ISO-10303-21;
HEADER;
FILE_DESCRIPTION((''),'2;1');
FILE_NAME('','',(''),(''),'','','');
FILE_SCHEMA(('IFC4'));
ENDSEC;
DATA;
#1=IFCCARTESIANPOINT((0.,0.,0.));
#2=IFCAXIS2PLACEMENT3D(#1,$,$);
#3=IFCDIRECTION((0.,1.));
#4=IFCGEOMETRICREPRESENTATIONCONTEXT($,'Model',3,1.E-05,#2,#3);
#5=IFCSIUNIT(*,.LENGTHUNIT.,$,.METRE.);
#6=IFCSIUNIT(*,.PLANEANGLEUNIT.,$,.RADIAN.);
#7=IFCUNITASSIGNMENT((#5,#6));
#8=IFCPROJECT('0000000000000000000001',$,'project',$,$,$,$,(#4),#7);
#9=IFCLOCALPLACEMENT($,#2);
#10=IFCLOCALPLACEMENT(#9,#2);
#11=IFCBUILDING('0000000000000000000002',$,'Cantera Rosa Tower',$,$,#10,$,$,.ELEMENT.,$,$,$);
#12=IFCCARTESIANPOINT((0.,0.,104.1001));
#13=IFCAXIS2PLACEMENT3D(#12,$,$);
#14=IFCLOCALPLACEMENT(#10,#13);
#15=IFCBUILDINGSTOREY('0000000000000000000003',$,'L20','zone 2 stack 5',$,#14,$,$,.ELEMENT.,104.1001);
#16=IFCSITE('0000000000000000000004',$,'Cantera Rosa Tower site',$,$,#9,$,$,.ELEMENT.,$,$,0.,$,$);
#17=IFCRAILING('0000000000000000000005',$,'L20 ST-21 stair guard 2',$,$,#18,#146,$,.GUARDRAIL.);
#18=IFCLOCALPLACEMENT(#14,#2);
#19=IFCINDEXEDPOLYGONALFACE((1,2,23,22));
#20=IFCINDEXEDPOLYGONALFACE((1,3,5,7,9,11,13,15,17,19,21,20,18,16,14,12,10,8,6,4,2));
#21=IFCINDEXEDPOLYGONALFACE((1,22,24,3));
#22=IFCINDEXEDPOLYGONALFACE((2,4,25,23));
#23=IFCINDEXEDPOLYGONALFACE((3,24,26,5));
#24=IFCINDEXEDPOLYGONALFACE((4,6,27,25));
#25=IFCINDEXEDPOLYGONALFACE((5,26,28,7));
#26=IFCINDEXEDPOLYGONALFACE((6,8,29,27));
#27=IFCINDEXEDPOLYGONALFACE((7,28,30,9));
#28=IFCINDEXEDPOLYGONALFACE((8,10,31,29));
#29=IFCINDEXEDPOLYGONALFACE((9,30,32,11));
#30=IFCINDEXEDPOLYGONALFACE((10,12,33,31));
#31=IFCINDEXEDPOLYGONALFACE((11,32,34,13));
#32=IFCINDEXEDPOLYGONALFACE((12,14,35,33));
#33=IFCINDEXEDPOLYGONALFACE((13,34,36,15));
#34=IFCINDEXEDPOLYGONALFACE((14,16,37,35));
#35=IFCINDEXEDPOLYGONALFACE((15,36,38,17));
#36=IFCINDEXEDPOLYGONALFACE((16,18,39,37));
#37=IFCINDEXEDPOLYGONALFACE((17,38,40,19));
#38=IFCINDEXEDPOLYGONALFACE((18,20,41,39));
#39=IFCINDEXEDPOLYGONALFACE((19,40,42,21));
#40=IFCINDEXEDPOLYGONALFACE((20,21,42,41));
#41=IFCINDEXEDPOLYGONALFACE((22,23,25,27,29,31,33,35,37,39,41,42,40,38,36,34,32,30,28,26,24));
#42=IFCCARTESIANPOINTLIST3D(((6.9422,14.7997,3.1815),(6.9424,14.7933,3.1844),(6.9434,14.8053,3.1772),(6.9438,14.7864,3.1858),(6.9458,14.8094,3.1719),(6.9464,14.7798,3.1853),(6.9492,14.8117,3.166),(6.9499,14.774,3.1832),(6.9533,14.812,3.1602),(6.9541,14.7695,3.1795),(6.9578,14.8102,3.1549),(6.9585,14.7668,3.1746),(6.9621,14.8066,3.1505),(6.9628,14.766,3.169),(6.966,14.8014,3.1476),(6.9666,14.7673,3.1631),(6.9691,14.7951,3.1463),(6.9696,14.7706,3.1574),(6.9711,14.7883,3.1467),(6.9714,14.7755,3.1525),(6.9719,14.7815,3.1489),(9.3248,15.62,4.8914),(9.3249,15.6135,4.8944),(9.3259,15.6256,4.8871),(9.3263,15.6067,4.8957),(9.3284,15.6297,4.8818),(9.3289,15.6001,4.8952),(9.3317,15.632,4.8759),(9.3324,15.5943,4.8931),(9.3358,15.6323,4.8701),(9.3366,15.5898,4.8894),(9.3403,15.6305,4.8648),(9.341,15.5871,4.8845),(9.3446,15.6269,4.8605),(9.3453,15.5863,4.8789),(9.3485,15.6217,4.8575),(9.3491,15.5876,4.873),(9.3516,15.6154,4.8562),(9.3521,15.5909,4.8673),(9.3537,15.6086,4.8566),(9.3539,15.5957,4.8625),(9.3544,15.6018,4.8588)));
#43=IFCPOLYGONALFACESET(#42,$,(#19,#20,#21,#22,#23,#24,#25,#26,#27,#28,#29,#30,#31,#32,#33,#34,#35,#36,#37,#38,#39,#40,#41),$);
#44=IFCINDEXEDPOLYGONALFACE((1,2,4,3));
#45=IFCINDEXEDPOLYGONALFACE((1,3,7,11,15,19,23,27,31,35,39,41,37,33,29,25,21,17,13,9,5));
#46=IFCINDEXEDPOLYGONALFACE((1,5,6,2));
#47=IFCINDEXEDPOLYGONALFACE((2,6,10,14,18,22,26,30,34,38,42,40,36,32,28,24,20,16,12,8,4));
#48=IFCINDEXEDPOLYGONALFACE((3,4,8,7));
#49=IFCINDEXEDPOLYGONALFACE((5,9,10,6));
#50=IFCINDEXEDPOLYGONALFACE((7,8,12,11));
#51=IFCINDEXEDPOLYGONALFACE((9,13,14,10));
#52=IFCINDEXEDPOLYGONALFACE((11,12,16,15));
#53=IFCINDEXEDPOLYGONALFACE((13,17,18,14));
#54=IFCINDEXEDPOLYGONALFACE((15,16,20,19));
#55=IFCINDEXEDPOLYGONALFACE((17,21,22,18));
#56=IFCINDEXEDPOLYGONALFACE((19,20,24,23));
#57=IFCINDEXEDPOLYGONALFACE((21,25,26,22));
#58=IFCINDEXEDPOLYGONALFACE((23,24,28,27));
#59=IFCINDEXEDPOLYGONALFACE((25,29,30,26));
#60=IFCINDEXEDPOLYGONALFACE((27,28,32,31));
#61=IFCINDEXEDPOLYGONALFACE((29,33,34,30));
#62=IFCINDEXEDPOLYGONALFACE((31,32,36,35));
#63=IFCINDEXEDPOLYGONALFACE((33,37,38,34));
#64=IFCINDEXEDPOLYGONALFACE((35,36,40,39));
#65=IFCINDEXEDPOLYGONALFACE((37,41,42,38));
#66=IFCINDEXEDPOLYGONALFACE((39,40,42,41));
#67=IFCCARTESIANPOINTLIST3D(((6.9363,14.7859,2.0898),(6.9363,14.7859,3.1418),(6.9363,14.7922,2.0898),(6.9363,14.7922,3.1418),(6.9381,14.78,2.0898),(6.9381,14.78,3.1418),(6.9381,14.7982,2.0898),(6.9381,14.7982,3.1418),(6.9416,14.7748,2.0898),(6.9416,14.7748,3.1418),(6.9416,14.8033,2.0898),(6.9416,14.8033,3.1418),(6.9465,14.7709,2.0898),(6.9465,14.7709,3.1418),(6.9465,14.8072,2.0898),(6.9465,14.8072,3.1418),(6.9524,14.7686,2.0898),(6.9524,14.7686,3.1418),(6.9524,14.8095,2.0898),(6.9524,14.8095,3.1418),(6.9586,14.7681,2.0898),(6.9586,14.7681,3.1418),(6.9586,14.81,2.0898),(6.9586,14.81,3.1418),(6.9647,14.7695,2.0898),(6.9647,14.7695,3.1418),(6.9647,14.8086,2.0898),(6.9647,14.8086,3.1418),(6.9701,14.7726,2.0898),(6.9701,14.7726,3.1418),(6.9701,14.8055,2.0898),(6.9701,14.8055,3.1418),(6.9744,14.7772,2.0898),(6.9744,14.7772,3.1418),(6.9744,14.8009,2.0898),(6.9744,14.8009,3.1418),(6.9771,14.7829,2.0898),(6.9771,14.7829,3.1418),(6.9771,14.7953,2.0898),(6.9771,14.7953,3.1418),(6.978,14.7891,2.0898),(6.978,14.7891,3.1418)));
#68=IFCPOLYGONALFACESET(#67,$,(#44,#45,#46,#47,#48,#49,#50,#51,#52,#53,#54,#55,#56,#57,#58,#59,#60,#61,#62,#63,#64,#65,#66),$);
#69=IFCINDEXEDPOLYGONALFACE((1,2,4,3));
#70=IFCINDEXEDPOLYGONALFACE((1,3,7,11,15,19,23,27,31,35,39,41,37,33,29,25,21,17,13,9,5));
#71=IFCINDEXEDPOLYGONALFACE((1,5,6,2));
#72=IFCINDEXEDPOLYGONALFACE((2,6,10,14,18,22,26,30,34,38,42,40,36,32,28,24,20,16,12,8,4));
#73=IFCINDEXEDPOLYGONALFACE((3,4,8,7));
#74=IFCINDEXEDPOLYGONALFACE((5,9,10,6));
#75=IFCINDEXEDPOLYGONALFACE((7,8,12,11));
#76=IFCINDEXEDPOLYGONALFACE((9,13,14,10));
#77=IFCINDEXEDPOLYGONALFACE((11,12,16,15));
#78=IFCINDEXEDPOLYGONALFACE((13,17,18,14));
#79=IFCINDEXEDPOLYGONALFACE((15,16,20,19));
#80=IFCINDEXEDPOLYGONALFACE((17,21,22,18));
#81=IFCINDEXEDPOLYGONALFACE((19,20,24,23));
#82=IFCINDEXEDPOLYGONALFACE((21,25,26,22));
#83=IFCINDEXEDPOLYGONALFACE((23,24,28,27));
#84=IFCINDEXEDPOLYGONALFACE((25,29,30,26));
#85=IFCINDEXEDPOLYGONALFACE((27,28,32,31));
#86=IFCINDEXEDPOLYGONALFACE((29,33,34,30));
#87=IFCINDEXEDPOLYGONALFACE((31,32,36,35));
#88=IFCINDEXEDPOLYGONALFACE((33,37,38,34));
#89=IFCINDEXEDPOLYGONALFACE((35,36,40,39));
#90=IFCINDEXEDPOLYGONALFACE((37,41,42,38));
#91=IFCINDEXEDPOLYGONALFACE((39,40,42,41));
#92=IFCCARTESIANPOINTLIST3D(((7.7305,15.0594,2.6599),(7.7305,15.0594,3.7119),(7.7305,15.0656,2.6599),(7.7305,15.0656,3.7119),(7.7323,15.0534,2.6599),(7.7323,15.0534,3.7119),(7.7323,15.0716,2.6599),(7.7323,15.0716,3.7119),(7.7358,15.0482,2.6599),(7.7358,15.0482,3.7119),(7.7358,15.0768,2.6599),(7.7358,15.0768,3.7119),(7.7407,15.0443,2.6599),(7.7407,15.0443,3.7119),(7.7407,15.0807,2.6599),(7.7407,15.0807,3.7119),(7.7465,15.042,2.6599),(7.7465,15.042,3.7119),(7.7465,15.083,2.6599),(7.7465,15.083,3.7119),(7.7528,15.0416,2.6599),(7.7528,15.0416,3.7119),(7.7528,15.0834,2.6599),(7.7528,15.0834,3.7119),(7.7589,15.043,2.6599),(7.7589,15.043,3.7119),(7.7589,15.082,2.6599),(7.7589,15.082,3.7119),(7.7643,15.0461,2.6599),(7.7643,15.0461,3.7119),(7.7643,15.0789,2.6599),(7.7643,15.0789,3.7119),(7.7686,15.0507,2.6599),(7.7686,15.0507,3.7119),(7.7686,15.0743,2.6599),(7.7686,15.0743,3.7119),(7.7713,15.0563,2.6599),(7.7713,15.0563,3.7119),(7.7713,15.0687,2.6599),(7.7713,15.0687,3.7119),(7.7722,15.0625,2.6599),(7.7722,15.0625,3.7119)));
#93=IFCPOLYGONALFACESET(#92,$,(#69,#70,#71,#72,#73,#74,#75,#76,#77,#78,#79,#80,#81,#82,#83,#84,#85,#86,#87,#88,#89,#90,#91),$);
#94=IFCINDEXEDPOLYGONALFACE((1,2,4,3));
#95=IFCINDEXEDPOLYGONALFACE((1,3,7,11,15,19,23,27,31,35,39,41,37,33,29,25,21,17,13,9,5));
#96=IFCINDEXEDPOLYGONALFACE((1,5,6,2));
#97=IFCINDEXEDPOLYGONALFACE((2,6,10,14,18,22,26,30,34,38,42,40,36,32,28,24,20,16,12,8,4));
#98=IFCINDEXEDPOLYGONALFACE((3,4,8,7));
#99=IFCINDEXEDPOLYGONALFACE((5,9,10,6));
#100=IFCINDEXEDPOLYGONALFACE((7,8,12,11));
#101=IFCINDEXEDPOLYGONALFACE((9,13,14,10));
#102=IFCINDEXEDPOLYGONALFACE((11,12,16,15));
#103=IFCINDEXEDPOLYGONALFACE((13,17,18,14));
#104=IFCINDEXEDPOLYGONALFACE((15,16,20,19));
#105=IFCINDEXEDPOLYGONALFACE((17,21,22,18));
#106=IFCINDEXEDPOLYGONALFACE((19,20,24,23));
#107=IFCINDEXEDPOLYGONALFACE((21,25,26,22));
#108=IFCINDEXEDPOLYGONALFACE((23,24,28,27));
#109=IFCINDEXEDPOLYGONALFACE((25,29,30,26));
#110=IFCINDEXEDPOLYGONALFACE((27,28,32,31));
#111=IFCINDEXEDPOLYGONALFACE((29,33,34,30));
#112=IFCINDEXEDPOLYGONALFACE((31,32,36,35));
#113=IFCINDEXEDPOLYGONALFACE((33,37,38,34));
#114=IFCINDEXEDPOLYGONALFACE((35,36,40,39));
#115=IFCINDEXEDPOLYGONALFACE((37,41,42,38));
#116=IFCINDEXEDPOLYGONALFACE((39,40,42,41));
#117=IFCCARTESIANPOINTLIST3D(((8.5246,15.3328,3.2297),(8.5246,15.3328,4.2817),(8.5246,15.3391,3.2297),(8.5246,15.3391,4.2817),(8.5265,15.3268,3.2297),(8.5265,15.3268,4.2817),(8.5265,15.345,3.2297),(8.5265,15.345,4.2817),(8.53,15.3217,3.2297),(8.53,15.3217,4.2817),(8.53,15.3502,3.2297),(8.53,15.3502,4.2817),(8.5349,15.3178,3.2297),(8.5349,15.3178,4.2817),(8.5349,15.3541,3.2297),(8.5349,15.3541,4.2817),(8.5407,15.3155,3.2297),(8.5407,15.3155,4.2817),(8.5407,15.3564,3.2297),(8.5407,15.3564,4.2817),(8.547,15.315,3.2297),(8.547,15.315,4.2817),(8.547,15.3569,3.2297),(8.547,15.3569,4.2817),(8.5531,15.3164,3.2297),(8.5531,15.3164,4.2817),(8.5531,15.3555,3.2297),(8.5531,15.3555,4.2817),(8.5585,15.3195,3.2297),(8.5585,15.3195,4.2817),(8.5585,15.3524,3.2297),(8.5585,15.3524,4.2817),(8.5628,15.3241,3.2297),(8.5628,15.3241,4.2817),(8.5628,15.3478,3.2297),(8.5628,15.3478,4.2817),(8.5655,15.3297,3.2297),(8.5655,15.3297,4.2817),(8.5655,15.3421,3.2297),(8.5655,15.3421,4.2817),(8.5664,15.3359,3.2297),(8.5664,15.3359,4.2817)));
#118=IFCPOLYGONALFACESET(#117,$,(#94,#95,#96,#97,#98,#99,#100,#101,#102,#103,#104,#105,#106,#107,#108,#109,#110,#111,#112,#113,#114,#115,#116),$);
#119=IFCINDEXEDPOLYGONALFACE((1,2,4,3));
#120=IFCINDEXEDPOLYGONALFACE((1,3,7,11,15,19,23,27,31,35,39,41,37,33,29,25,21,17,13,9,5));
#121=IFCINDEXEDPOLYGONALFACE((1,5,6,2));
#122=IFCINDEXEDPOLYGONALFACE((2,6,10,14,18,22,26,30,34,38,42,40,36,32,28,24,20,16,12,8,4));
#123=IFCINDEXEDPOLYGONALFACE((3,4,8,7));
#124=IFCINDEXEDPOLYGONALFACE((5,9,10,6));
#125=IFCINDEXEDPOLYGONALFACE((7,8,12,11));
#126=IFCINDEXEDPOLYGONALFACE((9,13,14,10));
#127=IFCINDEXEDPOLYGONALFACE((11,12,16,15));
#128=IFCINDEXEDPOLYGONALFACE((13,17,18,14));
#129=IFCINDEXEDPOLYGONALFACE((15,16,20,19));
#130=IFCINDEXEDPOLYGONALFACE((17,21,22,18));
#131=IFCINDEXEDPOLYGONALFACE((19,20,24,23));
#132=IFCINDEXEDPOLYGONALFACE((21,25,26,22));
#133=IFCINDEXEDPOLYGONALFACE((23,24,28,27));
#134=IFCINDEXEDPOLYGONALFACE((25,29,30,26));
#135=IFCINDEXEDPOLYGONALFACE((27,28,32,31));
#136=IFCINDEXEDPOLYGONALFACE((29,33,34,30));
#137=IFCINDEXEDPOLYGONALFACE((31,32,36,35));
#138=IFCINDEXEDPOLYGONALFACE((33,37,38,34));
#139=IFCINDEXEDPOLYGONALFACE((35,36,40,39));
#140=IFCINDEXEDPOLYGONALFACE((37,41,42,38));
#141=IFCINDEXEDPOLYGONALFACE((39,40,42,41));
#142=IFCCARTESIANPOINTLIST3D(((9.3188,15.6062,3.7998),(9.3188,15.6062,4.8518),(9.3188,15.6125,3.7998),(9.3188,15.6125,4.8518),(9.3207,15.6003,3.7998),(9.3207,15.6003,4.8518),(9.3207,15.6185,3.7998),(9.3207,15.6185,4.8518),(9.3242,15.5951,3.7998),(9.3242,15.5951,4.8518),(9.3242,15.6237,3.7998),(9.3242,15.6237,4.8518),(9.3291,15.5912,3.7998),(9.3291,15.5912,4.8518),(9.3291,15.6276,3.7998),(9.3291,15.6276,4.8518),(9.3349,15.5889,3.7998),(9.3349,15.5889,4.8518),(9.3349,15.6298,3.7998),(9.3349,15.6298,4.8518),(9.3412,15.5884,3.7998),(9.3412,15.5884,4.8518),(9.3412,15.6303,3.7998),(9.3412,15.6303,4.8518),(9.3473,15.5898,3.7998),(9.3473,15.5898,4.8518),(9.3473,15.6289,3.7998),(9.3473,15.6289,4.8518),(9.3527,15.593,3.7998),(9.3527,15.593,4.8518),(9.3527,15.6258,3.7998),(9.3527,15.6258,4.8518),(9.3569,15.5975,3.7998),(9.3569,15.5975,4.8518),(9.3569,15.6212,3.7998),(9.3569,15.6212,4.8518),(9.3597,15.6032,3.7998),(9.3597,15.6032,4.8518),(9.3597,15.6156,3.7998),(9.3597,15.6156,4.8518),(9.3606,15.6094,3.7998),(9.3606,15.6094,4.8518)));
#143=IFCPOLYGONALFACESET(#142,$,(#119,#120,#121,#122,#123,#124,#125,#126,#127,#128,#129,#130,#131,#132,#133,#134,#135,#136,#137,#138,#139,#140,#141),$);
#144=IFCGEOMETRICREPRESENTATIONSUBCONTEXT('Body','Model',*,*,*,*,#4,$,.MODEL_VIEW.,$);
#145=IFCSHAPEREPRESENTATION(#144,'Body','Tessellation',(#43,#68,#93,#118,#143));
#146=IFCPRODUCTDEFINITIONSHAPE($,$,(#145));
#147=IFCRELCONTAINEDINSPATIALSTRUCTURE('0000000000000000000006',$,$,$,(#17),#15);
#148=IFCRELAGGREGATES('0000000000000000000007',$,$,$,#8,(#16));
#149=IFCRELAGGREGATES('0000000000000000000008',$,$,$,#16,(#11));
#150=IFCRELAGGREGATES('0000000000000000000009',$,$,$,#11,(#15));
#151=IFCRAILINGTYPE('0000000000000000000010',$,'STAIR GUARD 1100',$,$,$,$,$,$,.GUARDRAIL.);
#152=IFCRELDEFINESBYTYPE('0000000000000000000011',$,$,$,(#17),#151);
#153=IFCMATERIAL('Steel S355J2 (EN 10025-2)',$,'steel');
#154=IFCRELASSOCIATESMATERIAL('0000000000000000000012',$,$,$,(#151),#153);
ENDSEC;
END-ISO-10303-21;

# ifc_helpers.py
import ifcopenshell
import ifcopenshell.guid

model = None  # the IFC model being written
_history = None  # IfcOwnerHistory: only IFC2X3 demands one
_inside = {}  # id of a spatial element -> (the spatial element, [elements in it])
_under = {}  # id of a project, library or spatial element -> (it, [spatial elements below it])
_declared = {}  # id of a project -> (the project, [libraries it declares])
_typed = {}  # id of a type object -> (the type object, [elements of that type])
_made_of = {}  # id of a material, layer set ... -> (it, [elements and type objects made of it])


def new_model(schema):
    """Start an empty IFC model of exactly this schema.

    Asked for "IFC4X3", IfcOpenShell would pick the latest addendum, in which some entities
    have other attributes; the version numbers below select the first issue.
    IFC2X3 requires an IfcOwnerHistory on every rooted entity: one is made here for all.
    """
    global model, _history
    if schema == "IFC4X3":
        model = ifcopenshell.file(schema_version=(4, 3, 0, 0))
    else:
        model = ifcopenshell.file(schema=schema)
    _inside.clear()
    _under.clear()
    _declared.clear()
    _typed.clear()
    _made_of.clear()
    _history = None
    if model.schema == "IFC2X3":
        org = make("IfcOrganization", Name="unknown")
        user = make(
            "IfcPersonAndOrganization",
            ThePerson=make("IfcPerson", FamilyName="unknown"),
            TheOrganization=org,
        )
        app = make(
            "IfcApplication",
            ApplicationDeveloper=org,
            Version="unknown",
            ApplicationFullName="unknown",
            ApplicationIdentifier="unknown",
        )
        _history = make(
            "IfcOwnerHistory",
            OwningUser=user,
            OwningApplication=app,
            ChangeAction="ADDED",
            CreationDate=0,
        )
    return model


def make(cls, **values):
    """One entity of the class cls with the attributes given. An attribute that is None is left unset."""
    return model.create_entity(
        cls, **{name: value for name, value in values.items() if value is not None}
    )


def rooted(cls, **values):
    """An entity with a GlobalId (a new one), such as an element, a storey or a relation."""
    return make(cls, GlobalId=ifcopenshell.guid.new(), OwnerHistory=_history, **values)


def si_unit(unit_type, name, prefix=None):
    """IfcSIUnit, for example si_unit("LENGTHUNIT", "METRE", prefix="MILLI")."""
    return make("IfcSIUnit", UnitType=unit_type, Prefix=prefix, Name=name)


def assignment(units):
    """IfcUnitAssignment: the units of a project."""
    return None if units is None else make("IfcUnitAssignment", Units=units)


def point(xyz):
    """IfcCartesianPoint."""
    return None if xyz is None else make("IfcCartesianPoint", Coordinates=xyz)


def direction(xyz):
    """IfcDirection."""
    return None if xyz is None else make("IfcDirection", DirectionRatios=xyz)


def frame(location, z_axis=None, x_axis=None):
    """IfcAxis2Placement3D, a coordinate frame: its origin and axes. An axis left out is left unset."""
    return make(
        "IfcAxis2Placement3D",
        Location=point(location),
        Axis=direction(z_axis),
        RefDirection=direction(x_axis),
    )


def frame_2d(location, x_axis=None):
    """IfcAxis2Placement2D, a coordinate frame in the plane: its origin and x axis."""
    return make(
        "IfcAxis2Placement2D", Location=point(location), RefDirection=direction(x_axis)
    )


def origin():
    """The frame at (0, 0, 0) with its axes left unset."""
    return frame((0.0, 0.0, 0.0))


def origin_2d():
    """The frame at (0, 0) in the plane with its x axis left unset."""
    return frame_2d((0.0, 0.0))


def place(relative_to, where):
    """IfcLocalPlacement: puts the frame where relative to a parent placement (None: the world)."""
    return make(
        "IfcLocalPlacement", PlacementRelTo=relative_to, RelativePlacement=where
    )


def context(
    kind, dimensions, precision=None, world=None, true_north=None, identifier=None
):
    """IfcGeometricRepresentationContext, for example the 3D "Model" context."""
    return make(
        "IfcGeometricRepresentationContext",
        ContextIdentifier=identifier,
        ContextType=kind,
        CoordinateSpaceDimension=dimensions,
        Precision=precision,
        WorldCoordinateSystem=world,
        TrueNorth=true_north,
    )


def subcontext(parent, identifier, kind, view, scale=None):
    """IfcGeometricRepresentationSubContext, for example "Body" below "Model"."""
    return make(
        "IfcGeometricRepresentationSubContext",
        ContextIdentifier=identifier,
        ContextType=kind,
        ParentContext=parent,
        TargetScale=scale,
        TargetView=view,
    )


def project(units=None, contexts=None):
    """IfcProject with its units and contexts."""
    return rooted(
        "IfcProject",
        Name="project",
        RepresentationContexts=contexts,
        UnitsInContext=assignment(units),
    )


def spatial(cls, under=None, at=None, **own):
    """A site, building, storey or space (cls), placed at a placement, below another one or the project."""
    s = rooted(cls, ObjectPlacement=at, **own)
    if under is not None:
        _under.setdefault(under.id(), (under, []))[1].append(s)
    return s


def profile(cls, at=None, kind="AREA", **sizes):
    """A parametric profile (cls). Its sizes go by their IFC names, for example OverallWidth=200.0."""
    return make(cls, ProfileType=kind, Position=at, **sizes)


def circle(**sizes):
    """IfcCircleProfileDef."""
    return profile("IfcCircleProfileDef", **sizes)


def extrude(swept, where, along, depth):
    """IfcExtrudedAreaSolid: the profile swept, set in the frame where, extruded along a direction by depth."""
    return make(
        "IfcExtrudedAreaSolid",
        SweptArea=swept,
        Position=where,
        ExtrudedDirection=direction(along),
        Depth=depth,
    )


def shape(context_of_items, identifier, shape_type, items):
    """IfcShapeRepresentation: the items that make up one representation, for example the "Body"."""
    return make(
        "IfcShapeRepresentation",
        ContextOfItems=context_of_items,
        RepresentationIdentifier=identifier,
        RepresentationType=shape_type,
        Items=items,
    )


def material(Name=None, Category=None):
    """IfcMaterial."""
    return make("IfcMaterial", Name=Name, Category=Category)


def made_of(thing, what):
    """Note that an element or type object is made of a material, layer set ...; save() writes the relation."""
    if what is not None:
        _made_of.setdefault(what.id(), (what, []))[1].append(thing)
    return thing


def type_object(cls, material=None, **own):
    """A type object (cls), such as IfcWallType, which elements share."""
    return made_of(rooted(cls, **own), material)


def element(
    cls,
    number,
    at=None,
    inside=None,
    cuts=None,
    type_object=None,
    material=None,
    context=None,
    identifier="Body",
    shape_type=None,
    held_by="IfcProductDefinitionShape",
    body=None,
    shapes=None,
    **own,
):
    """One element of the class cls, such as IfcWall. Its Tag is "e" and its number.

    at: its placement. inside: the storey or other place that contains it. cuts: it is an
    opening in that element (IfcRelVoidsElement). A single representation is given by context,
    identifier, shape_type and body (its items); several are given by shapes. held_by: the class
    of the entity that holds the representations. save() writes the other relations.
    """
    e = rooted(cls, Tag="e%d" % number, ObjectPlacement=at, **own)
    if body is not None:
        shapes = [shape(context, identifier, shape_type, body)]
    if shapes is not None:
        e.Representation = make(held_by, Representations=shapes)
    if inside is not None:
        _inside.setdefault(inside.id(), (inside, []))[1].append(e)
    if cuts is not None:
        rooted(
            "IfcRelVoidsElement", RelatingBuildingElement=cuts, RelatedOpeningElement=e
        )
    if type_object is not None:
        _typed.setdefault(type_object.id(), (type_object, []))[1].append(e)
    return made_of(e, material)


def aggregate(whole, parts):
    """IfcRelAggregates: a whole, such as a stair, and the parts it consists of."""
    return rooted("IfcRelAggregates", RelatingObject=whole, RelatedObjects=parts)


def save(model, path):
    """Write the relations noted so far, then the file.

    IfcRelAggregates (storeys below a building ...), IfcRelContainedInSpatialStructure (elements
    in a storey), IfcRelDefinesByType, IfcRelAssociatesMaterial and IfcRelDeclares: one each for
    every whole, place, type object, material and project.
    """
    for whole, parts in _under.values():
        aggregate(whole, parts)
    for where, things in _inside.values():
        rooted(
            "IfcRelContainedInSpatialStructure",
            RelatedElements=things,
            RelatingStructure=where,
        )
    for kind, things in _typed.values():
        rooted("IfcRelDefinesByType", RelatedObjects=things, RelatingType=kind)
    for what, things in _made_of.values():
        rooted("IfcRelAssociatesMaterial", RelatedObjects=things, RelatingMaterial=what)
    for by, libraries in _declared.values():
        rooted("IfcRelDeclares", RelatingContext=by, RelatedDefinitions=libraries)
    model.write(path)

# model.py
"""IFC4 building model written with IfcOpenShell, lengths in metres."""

from ifc_helpers import new_model, si_unit, direction, frame, origin, origin_2d, place, context, subcontext, project, spatial, circle, extrude, material, type_object, element, save


model = new_model("IFC4")

# Units and contexts
model_context = context("Model", 3, precision=1e-05, world=origin(), true_north=direction((0.0, 1.0)))
body_context = subcontext(model_context, "Body", "Model", "MODEL_VIEW")
ifc_project = project(units=[si_unit("LENGTHUNIT", "METRE"), si_unit("PLANEANGLEUNIT", "RADIAN")], contexts=[model_context])

# Site, building, storey
site_placement = place(None, origin())
site = spatial("IfcSite", under=ifc_project, at=site_placement, Name="Cantera Rosa Tower site", CompositionType="ELEMENT", RefElevation=0.0)
building_placement = place(site_placement, origin())
building = spatial("IfcBuilding", under=site, at=building_placement, Name="Cantera Rosa Tower", CompositionType="ELEMENT")
storey_placement = place(building_placement, frame((0.0, 0.0, 104.1001)))
storey = spatial("IfcBuildingStorey", under=building, at=storey_placement, Name="L20", Description="zone 2 stack 5", CompositionType="ELEMENT", Elevation=104.1001)

# Railing
ifc_material_1 = material(Name="Steel S355J2 (EN 10025-2)", Category="steel")
railing_type_1 = type_object("IfcRailingType", Name="STAIR GUARD 1100", PredefinedType="GUARDRAIL", material=ifc_material_1)
railing_1_placement = place(storey_placement, frame((6.957, 14.7891, 2.0898)))
element("IfcRailing", 1, at=railing_1_placement, inside=storey, type_object=railing_type_1, Name="L20 ST-21 stair guard 2", PredefinedType="GUARDRAIL", context=body_context, shape_type="SweptSolid", body=[
    extrude(circle(Radius=0.0239, at=origin_2d()), frame((0.0, 0.0, 1.0762), z_axis=(0.78239, 0.269375, 0.561519), x_axis=(-0.325543, 0.945527, 0.0)), (0.0, 0.0, 1.0), 3.0452),
    extrude(circle(Radius=0.021, at=origin_2d()), origin(), (0.0, 0.0, 1.0), 1.052),
    extrude(circle(Radius=0.021, at=origin_2d()), frame((0.7942, 0.2734, 0.5701)), (0.0, 0.0, 1.0), 1.052),
    extrude(circle(Radius=0.021, at=origin_2d()), frame((1.5884, 0.5469, 1.1399)), (0.0, 0.0, 1.0), 1.052),
    extrude(circle(Radius=0.021, at=origin_2d()), frame((2.3826, 0.8203, 1.71)), (0.0, 0.0, 1.0), 1.052),
])

save(model, "model.ifc")
